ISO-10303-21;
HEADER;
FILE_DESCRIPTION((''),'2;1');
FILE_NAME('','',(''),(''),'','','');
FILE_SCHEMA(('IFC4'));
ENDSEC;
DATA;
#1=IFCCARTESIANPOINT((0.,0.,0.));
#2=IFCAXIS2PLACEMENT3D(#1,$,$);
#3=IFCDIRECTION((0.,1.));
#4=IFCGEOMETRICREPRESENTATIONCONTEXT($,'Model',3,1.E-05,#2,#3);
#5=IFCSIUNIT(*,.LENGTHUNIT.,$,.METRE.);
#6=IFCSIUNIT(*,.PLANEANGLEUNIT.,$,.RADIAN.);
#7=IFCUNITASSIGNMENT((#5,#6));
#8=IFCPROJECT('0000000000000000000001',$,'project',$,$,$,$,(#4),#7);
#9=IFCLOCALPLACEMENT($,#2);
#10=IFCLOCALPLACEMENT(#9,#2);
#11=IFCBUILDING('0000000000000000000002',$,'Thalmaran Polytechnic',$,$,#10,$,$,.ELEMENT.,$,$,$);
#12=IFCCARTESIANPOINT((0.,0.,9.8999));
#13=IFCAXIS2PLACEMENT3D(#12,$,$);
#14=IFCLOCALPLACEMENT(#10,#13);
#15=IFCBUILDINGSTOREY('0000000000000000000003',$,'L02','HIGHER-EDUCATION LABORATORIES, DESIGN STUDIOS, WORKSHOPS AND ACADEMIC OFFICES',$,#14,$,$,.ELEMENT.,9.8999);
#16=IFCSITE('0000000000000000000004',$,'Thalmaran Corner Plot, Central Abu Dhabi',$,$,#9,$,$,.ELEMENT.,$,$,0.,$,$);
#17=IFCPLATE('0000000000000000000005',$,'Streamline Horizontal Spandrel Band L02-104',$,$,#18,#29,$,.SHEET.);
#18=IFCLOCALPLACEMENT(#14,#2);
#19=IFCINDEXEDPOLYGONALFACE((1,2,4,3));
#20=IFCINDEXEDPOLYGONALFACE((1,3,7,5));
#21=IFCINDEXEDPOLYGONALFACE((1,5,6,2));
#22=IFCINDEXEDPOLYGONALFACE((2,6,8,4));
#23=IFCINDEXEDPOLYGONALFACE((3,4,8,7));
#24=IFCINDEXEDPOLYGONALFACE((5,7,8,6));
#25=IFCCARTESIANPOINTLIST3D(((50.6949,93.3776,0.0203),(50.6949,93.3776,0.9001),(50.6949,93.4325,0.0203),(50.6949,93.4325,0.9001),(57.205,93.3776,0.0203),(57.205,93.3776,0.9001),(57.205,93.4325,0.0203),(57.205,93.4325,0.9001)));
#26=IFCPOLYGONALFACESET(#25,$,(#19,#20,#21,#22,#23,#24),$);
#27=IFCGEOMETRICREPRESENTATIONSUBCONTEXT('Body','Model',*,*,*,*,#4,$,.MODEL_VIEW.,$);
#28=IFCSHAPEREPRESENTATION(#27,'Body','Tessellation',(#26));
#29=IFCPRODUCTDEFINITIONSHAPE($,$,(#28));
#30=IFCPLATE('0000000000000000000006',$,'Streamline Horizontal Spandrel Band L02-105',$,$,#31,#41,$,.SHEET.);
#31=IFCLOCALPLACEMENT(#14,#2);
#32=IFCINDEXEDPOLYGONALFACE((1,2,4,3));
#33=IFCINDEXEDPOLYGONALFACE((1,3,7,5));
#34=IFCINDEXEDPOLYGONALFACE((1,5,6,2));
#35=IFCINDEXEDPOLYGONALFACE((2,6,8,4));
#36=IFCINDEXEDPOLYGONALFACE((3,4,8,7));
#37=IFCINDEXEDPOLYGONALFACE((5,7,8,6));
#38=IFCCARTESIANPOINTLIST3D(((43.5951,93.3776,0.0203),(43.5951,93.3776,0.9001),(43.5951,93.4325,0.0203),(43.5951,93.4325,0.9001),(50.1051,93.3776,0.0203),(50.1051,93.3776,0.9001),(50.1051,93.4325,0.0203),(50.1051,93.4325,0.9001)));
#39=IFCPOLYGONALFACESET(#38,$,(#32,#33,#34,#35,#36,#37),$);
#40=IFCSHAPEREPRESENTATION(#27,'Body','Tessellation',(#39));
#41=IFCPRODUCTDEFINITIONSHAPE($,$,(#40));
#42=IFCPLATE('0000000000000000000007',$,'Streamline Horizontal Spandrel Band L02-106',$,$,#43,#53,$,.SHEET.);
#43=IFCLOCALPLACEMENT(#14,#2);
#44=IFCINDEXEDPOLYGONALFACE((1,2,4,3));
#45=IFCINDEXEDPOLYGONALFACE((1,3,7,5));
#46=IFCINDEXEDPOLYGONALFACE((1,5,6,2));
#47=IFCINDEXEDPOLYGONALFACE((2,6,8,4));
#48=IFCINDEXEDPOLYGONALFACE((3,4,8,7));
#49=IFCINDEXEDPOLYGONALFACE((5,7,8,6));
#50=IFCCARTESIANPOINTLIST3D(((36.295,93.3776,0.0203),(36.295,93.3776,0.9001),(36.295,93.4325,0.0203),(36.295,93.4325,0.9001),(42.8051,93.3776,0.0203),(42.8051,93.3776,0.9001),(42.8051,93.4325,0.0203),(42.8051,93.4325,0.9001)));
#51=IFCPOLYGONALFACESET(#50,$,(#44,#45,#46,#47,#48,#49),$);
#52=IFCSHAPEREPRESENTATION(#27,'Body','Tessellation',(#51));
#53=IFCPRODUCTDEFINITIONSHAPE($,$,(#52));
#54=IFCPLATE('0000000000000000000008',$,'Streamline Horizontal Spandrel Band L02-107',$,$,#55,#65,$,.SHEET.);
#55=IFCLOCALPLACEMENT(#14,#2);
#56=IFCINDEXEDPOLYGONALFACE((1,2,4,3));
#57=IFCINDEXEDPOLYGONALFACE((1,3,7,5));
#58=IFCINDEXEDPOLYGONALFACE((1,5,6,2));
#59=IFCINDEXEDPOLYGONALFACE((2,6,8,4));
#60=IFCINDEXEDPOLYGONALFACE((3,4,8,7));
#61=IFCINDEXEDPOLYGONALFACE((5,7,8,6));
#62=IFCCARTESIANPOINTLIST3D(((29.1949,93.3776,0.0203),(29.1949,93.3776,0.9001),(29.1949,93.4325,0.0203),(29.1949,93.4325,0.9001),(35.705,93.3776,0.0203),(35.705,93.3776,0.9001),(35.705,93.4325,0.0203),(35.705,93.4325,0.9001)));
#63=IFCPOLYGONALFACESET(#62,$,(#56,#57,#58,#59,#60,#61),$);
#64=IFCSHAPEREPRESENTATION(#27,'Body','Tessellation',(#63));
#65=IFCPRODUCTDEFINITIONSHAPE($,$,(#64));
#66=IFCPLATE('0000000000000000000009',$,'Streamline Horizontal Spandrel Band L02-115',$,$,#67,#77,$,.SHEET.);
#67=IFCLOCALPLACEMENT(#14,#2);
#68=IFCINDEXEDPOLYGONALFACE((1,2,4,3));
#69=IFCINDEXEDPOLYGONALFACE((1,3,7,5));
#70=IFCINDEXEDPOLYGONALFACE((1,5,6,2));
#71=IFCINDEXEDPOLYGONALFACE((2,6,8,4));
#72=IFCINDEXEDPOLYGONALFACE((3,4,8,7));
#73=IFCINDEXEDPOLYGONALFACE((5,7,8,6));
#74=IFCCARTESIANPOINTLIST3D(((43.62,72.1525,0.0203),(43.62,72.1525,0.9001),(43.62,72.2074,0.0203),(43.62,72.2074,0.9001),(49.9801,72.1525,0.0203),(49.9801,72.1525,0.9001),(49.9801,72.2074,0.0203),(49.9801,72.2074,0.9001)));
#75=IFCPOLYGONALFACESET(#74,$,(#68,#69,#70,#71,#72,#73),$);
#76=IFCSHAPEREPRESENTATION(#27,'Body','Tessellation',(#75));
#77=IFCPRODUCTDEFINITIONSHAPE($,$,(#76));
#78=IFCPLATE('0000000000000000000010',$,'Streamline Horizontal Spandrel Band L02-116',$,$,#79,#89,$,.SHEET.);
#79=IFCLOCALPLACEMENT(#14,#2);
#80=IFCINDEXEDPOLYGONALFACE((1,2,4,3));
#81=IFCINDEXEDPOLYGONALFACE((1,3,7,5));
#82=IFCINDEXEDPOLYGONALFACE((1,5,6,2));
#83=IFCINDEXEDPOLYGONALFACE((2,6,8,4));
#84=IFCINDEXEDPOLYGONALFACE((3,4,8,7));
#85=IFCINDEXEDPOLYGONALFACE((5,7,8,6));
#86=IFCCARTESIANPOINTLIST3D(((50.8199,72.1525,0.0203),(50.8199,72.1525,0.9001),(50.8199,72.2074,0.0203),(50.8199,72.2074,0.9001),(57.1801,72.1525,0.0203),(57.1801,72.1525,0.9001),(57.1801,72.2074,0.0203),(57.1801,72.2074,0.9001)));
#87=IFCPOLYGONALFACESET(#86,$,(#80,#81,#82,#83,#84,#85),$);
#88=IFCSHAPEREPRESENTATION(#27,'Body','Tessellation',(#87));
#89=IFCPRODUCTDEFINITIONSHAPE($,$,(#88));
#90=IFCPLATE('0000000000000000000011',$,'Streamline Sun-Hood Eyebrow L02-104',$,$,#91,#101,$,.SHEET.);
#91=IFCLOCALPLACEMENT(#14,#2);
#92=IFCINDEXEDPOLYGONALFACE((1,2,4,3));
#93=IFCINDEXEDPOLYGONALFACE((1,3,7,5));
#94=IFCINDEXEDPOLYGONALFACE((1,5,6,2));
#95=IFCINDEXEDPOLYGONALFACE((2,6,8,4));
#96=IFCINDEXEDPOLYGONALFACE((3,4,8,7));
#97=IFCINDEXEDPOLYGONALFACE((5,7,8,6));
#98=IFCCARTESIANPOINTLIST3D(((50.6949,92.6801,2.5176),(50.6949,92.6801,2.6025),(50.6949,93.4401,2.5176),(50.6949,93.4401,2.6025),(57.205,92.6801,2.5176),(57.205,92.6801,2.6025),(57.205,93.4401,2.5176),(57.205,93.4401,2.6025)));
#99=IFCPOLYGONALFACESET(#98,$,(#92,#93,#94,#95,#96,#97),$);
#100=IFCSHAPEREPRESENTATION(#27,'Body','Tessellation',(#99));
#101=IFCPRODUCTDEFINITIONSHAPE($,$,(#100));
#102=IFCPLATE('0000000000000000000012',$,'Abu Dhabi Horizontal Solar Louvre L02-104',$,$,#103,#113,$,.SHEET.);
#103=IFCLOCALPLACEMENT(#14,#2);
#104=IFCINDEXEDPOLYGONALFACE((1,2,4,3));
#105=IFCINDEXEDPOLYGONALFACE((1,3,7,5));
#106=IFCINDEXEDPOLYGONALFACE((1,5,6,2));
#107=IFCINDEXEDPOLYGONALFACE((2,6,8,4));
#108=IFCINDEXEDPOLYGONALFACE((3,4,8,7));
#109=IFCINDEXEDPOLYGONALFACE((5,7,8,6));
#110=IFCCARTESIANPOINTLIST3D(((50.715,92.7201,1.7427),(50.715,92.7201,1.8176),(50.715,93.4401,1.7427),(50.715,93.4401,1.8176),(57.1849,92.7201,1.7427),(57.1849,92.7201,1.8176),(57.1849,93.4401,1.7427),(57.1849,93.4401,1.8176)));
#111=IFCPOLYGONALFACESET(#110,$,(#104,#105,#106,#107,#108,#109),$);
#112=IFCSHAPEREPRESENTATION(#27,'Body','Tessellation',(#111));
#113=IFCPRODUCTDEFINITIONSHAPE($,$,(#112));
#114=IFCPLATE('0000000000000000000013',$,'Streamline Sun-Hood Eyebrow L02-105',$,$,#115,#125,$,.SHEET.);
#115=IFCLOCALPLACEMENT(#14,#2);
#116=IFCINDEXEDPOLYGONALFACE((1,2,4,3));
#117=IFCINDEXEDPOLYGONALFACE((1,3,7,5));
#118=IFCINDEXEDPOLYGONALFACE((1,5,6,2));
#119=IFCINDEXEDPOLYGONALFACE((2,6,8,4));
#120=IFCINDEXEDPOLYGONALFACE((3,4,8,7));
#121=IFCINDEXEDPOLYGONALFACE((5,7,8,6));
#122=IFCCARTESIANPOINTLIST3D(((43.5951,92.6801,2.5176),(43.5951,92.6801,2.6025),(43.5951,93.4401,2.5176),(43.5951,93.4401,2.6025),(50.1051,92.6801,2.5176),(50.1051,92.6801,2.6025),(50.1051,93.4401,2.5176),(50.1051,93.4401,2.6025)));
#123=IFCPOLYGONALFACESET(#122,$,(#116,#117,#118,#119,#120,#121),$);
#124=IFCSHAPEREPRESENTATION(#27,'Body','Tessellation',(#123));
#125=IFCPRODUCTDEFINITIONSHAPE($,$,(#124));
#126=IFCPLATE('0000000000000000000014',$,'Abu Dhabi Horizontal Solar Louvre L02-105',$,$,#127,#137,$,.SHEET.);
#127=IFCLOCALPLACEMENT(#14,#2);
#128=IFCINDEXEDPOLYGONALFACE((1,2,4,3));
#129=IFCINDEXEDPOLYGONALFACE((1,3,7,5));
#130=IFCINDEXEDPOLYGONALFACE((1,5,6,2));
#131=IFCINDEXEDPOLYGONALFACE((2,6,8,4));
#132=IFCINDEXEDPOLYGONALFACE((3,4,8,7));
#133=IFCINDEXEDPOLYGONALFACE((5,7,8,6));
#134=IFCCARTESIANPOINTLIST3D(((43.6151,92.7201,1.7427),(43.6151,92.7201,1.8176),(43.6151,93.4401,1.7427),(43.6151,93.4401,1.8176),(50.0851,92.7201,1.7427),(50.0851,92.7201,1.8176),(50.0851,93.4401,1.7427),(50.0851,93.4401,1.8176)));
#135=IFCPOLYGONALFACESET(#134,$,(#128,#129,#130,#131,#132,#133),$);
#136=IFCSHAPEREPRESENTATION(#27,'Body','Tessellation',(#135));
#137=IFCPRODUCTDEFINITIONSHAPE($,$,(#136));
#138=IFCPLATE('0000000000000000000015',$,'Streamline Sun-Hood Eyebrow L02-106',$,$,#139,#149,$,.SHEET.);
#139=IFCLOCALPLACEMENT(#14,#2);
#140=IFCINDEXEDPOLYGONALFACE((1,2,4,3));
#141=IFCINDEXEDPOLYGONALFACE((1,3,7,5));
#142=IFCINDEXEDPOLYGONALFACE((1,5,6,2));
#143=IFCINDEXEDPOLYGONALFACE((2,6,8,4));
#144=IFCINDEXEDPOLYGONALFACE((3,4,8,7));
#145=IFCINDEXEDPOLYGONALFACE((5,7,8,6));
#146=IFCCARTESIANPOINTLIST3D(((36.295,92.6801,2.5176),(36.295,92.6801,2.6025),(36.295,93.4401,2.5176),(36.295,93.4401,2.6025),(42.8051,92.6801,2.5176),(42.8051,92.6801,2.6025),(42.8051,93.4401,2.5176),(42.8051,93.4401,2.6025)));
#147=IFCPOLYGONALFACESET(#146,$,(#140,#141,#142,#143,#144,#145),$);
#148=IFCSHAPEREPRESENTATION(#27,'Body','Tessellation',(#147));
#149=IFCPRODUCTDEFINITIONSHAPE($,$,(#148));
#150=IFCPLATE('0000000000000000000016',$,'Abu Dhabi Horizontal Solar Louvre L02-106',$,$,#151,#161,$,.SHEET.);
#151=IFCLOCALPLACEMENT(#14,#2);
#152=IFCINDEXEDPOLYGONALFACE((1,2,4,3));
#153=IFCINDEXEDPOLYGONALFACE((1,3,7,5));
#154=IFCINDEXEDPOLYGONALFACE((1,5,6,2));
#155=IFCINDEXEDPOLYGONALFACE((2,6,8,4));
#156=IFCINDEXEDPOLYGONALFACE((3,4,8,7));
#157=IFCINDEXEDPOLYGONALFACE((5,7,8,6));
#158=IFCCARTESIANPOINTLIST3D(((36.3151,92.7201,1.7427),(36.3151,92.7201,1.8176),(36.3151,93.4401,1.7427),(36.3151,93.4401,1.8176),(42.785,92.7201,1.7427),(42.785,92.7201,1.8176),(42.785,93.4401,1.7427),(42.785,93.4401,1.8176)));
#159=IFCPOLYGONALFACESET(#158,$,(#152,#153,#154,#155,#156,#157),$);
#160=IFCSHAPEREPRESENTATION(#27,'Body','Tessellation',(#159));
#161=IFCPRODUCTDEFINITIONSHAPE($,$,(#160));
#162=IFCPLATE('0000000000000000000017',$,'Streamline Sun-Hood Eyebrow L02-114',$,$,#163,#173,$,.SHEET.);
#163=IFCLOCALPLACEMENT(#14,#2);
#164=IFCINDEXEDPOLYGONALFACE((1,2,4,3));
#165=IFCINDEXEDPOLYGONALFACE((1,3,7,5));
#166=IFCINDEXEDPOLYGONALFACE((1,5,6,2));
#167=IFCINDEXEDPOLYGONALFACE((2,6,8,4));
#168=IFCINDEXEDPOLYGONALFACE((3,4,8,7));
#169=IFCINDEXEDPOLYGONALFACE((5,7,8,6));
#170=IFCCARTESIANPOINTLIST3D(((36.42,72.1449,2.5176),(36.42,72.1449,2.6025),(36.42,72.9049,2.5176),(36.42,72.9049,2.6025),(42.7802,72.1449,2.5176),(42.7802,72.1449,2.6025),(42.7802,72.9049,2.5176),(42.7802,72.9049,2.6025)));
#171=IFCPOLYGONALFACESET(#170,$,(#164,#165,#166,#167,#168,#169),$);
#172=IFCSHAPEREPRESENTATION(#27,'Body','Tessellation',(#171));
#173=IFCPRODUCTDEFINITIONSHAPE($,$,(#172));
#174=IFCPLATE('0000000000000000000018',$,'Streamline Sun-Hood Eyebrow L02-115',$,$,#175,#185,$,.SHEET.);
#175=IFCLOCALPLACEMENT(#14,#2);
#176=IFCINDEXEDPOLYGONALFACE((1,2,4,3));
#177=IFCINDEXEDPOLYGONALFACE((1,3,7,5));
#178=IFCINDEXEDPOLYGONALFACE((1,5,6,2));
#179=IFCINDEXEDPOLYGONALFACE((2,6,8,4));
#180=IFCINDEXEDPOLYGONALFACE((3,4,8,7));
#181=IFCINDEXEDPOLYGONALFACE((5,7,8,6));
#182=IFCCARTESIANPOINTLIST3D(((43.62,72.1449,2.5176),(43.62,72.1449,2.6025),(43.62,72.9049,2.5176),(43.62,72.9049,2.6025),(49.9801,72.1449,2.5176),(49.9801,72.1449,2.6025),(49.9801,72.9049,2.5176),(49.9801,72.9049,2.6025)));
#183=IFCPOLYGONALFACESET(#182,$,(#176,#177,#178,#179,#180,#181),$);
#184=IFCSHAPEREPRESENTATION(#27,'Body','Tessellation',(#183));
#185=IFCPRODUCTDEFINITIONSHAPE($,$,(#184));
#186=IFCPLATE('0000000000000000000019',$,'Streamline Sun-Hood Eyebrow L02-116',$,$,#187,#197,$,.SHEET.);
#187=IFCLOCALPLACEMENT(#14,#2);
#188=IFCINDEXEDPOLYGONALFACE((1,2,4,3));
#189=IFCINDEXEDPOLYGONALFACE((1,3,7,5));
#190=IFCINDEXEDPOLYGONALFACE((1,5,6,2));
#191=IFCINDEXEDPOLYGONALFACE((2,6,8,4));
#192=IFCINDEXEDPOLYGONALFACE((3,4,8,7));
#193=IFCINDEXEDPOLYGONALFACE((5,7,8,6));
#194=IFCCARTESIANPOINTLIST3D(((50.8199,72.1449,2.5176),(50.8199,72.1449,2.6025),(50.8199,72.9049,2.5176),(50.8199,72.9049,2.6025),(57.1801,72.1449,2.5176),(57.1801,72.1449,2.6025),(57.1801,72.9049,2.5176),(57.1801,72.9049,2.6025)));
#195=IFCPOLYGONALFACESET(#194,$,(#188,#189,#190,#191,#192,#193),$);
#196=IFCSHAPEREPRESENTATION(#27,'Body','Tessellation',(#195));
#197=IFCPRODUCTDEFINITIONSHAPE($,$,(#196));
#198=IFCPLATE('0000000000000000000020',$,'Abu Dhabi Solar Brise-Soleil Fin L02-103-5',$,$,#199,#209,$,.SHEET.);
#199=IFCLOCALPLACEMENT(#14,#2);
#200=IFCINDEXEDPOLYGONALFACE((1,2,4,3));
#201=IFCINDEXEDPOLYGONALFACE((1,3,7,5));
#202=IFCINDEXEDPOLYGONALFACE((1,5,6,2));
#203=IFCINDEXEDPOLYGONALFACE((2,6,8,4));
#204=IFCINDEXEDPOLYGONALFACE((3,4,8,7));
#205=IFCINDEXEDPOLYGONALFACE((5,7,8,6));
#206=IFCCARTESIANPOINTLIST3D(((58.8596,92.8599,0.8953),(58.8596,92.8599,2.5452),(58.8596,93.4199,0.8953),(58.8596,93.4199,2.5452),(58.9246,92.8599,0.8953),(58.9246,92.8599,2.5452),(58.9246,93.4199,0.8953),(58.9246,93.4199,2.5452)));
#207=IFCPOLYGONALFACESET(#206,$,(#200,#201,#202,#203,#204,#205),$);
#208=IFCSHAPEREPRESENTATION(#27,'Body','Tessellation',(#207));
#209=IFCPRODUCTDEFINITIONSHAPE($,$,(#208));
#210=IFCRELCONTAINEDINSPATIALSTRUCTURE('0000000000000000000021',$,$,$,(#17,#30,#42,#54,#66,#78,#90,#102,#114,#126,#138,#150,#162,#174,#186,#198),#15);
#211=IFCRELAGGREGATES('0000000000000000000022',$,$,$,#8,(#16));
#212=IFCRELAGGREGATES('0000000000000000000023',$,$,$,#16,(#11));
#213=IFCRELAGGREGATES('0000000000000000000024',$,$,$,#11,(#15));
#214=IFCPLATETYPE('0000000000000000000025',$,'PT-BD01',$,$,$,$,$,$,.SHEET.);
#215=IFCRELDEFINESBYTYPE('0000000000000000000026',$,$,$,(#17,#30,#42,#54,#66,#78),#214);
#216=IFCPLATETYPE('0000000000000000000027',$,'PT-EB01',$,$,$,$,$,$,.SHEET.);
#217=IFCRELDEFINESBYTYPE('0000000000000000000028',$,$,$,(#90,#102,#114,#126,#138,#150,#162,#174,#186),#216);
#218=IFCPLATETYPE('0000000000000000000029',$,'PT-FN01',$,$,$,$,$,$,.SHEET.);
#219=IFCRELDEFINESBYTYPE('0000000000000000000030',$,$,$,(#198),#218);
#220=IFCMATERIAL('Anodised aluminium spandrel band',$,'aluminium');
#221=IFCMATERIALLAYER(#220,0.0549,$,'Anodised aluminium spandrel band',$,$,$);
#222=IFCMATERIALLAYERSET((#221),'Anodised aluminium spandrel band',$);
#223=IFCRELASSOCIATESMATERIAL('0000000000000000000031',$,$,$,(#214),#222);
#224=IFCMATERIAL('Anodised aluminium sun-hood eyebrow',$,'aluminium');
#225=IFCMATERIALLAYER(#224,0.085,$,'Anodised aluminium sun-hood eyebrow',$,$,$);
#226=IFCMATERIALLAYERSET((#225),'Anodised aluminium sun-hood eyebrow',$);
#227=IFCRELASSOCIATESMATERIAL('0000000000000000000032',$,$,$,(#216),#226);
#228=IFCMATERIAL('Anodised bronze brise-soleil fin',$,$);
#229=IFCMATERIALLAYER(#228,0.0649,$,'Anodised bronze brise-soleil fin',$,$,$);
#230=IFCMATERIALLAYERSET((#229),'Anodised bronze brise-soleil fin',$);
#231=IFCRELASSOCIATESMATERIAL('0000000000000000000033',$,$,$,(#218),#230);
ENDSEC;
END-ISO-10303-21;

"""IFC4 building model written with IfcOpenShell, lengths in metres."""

from ifc_helpers import new_model, si_unit, direction, frame, origin, origin_2d, place, context, subcontext, project, spatial, rectangle, extrude, material, layer, layer_set, type_object, element, save


model = new_model("IFC4")

# Units and contexts
model_context = context("Model", 3, precision=1e-05, world=origin(), true_north=direction((0.0, 1.0)))
body_context = subcontext(model_context, "Body", "Model", "MODEL_VIEW")
ifc_project = project(units=[si_unit("LENGTHUNIT", "METRE"), si_unit("PLANEANGLEUNIT", "RADIAN")], contexts=[model_context])

# Site, building, storey
site_placement = place(None, origin())
site = spatial("IfcSite", under=ifc_project, at=site_placement, Name="Thalmaran Corner Plot, Central Abu Dhabi", CompositionType="ELEMENT", RefElevation=0.0)
building_placement = place(site_placement, origin())
building = spatial("IfcBuilding", under=site, at=building_placement, Name="Thalmaran Polytechnic", CompositionType="ELEMENT")
storey_placement = place(building_placement, frame((0.0, 0.0, 9.8999)))
storey = spatial("IfcBuildingStorey", under=building, at=storey_placement, Name="L02", Description="HIGHER-EDUCATION LABORATORIES, DESIGN STUDIOS, WORKSHOPS AND ACADEMIC OFFICES", CompositionType="ELEMENT", Elevation=9.8999)

# Plates
ifc_material_1 = material(Name="Anodised aluminium spandrel band", Category="aluminium")
ifc_layer_1 = layer(ifc_material_1, 0.0549, Name="Anodised aluminium spandrel band")
ifc_layer_set_1 = layer_set([ifc_layer_1], Name="Anodised aluminium spandrel band")
plate_type_1 = type_object("IfcPlateType", Name="PT-BD01", PredefinedType="SHEET", material=ifc_layer_set_1)
for number, where, z_axis, x_axis, name in (
    (1, (53.95, 93.405, 0.0203), (0.0, 0.0, 1.0), (-1.0, 0.0, 0.0), "Streamline Horizontal Spandrel Band L02-104"),
    (2, (46.8501, 93.405, 0.0203), (0.0, 0.0, 1.0), (-1.0, 0.0, 0.0), "Streamline Horizontal Spandrel Band L02-105"),
    (3, (39.55, 93.405, 0.0203), (0.0, 0.0, 1.0), (-1.0, 0.0, 0.0), "Streamline Horizontal Spandrel Band L02-106"),
    (4, (32.45, 93.405, 0.0203), (0.0, 0.0, 1.0), (-1.0, 0.0, 0.0), "Streamline Horizontal Spandrel Band L02-107"),
):
    element("IfcPlate", number, at=place(storey_placement, frame(where, z_axis=z_axis, x_axis=x_axis)), inside=storey, type_object=plate_type_1, Name=name, PredefinedType="SHEET", context=body_context, shape_type="SweptSolid", body=[
        extrude(rectangle(XDim=6.51, YDim=0.0549, at=origin_2d()), origin(), (0.0, 0.0, 1.0), 0.8799),
    ])
for number, where, z_axis, x_axis, name in (
    (5, (46.8, 72.1799, 0.0203), (0.0, 0.0, 1.0), (1.0, 0.0, 0.0), "Streamline Horizontal Spandrel Band L02-115"),
    (6, (54.0, 72.1799, 0.0203), (0.0, 0.0, 1.0), (1.0, 0.0, 0.0), "Streamline Horizontal Spandrel Band L02-116"),
):
    element("IfcPlate", number, at=place(storey_placement, frame(where, z_axis=z_axis, x_axis=x_axis)), inside=storey, type_object=plate_type_1, Name=name, PredefinedType="SHEET", context=body_context, shape_type="SweptSolid", body=[
        extrude(rectangle(XDim=6.3601, YDim=0.0549, at=origin_2d()), origin(), (0.0, 0.0, 1.0), 0.8799),
    ])
ifc_material_2 = material(Name="Anodised aluminium sun-hood eyebrow", Category="aluminium")
ifc_layer_2 = layer(ifc_material_2, 0.085, Name="Anodised aluminium sun-hood eyebrow")
ifc_layer_set_2 = layer_set([ifc_layer_2], Name="Anodised aluminium sun-hood eyebrow")
plate_type_2 = type_object("IfcPlateType", Name="PT-EB01", PredefinedType="SHEET", material=ifc_layer_set_2)
plate_1_placement = place(storey_placement, frame((53.95, 93.0601, 2.5176), z_axis=(0.0, 0.0, 1.0), x_axis=(-1.0, 0.0, 0.0)))
element("IfcPlate", 7, at=plate_1_placement, inside=storey, type_object=plate_type_2, Name="Streamline Sun-Hood Eyebrow L02-104", PredefinedType="SHEET", context=body_context, shape_type="SweptSolid", body=[
    extrude(rectangle(XDim=6.51, YDim=0.76, at=origin_2d()), origin(), (0.0, 0.0, 1.0), 0.085),
])
plate_2_placement = place(storey_placement, frame((53.95, 93.0801, 1.7427), z_axis=(0.0, 0.0, 1.0), x_axis=(-1.0, 0.0, 0.0)))
element("IfcPlate", 8, at=plate_2_placement, inside=storey, type_object=plate_type_2, Name="Abu Dhabi Horizontal Solar Louvre L02-104", PredefinedType="SHEET", context=body_context, shape_type="SweptSolid", body=[
    extrude(rectangle(XDim=6.47, YDim=0.72, at=origin_2d()), origin(), (0.0, 0.0, 1.0), 0.075),
])
plate_3_placement = place(storey_placement, frame((46.8501, 93.0601, 2.5176), z_axis=(0.0, 0.0, 1.0), x_axis=(-1.0, 0.0, 0.0)))
element("IfcPlate", 9, at=plate_3_placement, inside=storey, type_object=plate_type_2, Name="Streamline Sun-Hood Eyebrow L02-105", PredefinedType="SHEET", context=body_context, shape_type="SweptSolid", body=[
    extrude(rectangle(XDim=6.51, YDim=0.76, at=origin_2d()), origin(), (0.0, 0.0, 1.0), 0.085),
])
plate_4_placement = place(storey_placement, frame((46.8501, 93.0801, 1.7427), z_axis=(0.0, 0.0, 1.0), x_axis=(-1.0, 0.0, 0.0)))
element("IfcPlate", 10, at=plate_4_placement, inside=storey, type_object=plate_type_2, Name="Abu Dhabi Horizontal Solar Louvre L02-105", PredefinedType="SHEET", context=body_context, shape_type="SweptSolid", body=[
    extrude(rectangle(XDim=6.47, YDim=0.72, at=origin_2d()), origin(), (0.0, 0.0, 1.0), 0.075),
])
plate_5_placement = place(storey_placement, frame((39.55, 93.0601, 2.5176), z_axis=(0.0, 0.0, 1.0), x_axis=(-1.0, 0.0, 0.0)))
element("IfcPlate", 11, at=plate_5_placement, inside=storey, type_object=plate_type_2, Name="Streamline Sun-Hood Eyebrow L02-106", PredefinedType="SHEET", context=body_context, shape_type="SweptSolid", body=[
    extrude(rectangle(XDim=6.51, YDim=0.76, at=origin_2d()), origin(), (0.0, 0.0, 1.0), 0.085),
])
plate_6_placement = place(storey_placement, frame((39.55, 93.0801, 1.7427), z_axis=(0.0, 0.0, 1.0), x_axis=(-1.0, 0.0, 0.0)))
element("IfcPlate", 12, at=plate_6_placement, inside=storey, type_object=plate_type_2, Name="Abu Dhabi Horizontal Solar Louvre L02-106", PredefinedType="SHEET", context=body_context, shape_type="SweptSolid", body=[
    extrude(rectangle(XDim=6.47, YDim=0.72, at=origin_2d()), origin(), (0.0, 0.0, 1.0), 0.075),
])
for number, where, z_axis, x_axis, name in (
    (13, (39.6001, 72.5249, 2.5176), (0.0, 0.0, 1.0), (1.0, 0.0, 0.0), "Streamline Sun-Hood Eyebrow L02-114"),
    (14, (46.8, 72.5249, 2.5176), (0.0, 0.0, 1.0), (1.0, 0.0, 0.0), "Streamline Sun-Hood Eyebrow L02-115"),
    (15, (54.0, 72.5249, 2.5176), (0.0, 0.0, 1.0), (1.0, 0.0, 0.0), "Streamline Sun-Hood Eyebrow L02-116"),
):
    element("IfcPlate", number, at=place(storey_placement, frame(where, z_axis=z_axis, x_axis=x_axis)), inside=storey, type_object=plate_type_2, Name=name, PredefinedType="SHEET", context=body_context, shape_type="SweptSolid", body=[
        extrude(rectangle(XDim=6.3601, YDim=0.76, at=origin_2d()), origin(), (0.0, 0.0, 1.0), 0.085),
    ])
ifc_material_3 = material(Name="Anodised bronze brise-soleil fin")
ifc_layer_3 = layer(ifc_material_3, 0.0649, Name="Anodised bronze brise-soleil fin")
ifc_layer_set_3 = layer_set([ifc_layer_3], Name="Anodised bronze brise-soleil fin")
plate_type_3 = type_object("IfcPlateType", Name="PT-FN01", PredefinedType="SHEET", material=ifc_layer_set_3)
for number, where, z_axis, x_axis, name in (
    (16, (58.8921, 93.1399, 0.8953), (0.0, 0.0, 1.0), (-1.0, 0.0, 0.0), "Abu Dhabi Solar Brise-Soleil Fin L02-103-5"),
):
    element("IfcPlate", number, at=place(storey_placement, frame(where, z_axis=z_axis, x_axis=x_axis)), inside=storey, type_object=plate_type_3, Name=name, PredefinedType="SHEET", context=body_context, shape_type="SweptSolid", body=[
        extrude(rectangle(XDim=0.0649, YDim=0.5601, at=origin_2d()), origin(), (0.0, 0.0, 1.0), 1.6499),
    ])

save(model, "model.ifc")
